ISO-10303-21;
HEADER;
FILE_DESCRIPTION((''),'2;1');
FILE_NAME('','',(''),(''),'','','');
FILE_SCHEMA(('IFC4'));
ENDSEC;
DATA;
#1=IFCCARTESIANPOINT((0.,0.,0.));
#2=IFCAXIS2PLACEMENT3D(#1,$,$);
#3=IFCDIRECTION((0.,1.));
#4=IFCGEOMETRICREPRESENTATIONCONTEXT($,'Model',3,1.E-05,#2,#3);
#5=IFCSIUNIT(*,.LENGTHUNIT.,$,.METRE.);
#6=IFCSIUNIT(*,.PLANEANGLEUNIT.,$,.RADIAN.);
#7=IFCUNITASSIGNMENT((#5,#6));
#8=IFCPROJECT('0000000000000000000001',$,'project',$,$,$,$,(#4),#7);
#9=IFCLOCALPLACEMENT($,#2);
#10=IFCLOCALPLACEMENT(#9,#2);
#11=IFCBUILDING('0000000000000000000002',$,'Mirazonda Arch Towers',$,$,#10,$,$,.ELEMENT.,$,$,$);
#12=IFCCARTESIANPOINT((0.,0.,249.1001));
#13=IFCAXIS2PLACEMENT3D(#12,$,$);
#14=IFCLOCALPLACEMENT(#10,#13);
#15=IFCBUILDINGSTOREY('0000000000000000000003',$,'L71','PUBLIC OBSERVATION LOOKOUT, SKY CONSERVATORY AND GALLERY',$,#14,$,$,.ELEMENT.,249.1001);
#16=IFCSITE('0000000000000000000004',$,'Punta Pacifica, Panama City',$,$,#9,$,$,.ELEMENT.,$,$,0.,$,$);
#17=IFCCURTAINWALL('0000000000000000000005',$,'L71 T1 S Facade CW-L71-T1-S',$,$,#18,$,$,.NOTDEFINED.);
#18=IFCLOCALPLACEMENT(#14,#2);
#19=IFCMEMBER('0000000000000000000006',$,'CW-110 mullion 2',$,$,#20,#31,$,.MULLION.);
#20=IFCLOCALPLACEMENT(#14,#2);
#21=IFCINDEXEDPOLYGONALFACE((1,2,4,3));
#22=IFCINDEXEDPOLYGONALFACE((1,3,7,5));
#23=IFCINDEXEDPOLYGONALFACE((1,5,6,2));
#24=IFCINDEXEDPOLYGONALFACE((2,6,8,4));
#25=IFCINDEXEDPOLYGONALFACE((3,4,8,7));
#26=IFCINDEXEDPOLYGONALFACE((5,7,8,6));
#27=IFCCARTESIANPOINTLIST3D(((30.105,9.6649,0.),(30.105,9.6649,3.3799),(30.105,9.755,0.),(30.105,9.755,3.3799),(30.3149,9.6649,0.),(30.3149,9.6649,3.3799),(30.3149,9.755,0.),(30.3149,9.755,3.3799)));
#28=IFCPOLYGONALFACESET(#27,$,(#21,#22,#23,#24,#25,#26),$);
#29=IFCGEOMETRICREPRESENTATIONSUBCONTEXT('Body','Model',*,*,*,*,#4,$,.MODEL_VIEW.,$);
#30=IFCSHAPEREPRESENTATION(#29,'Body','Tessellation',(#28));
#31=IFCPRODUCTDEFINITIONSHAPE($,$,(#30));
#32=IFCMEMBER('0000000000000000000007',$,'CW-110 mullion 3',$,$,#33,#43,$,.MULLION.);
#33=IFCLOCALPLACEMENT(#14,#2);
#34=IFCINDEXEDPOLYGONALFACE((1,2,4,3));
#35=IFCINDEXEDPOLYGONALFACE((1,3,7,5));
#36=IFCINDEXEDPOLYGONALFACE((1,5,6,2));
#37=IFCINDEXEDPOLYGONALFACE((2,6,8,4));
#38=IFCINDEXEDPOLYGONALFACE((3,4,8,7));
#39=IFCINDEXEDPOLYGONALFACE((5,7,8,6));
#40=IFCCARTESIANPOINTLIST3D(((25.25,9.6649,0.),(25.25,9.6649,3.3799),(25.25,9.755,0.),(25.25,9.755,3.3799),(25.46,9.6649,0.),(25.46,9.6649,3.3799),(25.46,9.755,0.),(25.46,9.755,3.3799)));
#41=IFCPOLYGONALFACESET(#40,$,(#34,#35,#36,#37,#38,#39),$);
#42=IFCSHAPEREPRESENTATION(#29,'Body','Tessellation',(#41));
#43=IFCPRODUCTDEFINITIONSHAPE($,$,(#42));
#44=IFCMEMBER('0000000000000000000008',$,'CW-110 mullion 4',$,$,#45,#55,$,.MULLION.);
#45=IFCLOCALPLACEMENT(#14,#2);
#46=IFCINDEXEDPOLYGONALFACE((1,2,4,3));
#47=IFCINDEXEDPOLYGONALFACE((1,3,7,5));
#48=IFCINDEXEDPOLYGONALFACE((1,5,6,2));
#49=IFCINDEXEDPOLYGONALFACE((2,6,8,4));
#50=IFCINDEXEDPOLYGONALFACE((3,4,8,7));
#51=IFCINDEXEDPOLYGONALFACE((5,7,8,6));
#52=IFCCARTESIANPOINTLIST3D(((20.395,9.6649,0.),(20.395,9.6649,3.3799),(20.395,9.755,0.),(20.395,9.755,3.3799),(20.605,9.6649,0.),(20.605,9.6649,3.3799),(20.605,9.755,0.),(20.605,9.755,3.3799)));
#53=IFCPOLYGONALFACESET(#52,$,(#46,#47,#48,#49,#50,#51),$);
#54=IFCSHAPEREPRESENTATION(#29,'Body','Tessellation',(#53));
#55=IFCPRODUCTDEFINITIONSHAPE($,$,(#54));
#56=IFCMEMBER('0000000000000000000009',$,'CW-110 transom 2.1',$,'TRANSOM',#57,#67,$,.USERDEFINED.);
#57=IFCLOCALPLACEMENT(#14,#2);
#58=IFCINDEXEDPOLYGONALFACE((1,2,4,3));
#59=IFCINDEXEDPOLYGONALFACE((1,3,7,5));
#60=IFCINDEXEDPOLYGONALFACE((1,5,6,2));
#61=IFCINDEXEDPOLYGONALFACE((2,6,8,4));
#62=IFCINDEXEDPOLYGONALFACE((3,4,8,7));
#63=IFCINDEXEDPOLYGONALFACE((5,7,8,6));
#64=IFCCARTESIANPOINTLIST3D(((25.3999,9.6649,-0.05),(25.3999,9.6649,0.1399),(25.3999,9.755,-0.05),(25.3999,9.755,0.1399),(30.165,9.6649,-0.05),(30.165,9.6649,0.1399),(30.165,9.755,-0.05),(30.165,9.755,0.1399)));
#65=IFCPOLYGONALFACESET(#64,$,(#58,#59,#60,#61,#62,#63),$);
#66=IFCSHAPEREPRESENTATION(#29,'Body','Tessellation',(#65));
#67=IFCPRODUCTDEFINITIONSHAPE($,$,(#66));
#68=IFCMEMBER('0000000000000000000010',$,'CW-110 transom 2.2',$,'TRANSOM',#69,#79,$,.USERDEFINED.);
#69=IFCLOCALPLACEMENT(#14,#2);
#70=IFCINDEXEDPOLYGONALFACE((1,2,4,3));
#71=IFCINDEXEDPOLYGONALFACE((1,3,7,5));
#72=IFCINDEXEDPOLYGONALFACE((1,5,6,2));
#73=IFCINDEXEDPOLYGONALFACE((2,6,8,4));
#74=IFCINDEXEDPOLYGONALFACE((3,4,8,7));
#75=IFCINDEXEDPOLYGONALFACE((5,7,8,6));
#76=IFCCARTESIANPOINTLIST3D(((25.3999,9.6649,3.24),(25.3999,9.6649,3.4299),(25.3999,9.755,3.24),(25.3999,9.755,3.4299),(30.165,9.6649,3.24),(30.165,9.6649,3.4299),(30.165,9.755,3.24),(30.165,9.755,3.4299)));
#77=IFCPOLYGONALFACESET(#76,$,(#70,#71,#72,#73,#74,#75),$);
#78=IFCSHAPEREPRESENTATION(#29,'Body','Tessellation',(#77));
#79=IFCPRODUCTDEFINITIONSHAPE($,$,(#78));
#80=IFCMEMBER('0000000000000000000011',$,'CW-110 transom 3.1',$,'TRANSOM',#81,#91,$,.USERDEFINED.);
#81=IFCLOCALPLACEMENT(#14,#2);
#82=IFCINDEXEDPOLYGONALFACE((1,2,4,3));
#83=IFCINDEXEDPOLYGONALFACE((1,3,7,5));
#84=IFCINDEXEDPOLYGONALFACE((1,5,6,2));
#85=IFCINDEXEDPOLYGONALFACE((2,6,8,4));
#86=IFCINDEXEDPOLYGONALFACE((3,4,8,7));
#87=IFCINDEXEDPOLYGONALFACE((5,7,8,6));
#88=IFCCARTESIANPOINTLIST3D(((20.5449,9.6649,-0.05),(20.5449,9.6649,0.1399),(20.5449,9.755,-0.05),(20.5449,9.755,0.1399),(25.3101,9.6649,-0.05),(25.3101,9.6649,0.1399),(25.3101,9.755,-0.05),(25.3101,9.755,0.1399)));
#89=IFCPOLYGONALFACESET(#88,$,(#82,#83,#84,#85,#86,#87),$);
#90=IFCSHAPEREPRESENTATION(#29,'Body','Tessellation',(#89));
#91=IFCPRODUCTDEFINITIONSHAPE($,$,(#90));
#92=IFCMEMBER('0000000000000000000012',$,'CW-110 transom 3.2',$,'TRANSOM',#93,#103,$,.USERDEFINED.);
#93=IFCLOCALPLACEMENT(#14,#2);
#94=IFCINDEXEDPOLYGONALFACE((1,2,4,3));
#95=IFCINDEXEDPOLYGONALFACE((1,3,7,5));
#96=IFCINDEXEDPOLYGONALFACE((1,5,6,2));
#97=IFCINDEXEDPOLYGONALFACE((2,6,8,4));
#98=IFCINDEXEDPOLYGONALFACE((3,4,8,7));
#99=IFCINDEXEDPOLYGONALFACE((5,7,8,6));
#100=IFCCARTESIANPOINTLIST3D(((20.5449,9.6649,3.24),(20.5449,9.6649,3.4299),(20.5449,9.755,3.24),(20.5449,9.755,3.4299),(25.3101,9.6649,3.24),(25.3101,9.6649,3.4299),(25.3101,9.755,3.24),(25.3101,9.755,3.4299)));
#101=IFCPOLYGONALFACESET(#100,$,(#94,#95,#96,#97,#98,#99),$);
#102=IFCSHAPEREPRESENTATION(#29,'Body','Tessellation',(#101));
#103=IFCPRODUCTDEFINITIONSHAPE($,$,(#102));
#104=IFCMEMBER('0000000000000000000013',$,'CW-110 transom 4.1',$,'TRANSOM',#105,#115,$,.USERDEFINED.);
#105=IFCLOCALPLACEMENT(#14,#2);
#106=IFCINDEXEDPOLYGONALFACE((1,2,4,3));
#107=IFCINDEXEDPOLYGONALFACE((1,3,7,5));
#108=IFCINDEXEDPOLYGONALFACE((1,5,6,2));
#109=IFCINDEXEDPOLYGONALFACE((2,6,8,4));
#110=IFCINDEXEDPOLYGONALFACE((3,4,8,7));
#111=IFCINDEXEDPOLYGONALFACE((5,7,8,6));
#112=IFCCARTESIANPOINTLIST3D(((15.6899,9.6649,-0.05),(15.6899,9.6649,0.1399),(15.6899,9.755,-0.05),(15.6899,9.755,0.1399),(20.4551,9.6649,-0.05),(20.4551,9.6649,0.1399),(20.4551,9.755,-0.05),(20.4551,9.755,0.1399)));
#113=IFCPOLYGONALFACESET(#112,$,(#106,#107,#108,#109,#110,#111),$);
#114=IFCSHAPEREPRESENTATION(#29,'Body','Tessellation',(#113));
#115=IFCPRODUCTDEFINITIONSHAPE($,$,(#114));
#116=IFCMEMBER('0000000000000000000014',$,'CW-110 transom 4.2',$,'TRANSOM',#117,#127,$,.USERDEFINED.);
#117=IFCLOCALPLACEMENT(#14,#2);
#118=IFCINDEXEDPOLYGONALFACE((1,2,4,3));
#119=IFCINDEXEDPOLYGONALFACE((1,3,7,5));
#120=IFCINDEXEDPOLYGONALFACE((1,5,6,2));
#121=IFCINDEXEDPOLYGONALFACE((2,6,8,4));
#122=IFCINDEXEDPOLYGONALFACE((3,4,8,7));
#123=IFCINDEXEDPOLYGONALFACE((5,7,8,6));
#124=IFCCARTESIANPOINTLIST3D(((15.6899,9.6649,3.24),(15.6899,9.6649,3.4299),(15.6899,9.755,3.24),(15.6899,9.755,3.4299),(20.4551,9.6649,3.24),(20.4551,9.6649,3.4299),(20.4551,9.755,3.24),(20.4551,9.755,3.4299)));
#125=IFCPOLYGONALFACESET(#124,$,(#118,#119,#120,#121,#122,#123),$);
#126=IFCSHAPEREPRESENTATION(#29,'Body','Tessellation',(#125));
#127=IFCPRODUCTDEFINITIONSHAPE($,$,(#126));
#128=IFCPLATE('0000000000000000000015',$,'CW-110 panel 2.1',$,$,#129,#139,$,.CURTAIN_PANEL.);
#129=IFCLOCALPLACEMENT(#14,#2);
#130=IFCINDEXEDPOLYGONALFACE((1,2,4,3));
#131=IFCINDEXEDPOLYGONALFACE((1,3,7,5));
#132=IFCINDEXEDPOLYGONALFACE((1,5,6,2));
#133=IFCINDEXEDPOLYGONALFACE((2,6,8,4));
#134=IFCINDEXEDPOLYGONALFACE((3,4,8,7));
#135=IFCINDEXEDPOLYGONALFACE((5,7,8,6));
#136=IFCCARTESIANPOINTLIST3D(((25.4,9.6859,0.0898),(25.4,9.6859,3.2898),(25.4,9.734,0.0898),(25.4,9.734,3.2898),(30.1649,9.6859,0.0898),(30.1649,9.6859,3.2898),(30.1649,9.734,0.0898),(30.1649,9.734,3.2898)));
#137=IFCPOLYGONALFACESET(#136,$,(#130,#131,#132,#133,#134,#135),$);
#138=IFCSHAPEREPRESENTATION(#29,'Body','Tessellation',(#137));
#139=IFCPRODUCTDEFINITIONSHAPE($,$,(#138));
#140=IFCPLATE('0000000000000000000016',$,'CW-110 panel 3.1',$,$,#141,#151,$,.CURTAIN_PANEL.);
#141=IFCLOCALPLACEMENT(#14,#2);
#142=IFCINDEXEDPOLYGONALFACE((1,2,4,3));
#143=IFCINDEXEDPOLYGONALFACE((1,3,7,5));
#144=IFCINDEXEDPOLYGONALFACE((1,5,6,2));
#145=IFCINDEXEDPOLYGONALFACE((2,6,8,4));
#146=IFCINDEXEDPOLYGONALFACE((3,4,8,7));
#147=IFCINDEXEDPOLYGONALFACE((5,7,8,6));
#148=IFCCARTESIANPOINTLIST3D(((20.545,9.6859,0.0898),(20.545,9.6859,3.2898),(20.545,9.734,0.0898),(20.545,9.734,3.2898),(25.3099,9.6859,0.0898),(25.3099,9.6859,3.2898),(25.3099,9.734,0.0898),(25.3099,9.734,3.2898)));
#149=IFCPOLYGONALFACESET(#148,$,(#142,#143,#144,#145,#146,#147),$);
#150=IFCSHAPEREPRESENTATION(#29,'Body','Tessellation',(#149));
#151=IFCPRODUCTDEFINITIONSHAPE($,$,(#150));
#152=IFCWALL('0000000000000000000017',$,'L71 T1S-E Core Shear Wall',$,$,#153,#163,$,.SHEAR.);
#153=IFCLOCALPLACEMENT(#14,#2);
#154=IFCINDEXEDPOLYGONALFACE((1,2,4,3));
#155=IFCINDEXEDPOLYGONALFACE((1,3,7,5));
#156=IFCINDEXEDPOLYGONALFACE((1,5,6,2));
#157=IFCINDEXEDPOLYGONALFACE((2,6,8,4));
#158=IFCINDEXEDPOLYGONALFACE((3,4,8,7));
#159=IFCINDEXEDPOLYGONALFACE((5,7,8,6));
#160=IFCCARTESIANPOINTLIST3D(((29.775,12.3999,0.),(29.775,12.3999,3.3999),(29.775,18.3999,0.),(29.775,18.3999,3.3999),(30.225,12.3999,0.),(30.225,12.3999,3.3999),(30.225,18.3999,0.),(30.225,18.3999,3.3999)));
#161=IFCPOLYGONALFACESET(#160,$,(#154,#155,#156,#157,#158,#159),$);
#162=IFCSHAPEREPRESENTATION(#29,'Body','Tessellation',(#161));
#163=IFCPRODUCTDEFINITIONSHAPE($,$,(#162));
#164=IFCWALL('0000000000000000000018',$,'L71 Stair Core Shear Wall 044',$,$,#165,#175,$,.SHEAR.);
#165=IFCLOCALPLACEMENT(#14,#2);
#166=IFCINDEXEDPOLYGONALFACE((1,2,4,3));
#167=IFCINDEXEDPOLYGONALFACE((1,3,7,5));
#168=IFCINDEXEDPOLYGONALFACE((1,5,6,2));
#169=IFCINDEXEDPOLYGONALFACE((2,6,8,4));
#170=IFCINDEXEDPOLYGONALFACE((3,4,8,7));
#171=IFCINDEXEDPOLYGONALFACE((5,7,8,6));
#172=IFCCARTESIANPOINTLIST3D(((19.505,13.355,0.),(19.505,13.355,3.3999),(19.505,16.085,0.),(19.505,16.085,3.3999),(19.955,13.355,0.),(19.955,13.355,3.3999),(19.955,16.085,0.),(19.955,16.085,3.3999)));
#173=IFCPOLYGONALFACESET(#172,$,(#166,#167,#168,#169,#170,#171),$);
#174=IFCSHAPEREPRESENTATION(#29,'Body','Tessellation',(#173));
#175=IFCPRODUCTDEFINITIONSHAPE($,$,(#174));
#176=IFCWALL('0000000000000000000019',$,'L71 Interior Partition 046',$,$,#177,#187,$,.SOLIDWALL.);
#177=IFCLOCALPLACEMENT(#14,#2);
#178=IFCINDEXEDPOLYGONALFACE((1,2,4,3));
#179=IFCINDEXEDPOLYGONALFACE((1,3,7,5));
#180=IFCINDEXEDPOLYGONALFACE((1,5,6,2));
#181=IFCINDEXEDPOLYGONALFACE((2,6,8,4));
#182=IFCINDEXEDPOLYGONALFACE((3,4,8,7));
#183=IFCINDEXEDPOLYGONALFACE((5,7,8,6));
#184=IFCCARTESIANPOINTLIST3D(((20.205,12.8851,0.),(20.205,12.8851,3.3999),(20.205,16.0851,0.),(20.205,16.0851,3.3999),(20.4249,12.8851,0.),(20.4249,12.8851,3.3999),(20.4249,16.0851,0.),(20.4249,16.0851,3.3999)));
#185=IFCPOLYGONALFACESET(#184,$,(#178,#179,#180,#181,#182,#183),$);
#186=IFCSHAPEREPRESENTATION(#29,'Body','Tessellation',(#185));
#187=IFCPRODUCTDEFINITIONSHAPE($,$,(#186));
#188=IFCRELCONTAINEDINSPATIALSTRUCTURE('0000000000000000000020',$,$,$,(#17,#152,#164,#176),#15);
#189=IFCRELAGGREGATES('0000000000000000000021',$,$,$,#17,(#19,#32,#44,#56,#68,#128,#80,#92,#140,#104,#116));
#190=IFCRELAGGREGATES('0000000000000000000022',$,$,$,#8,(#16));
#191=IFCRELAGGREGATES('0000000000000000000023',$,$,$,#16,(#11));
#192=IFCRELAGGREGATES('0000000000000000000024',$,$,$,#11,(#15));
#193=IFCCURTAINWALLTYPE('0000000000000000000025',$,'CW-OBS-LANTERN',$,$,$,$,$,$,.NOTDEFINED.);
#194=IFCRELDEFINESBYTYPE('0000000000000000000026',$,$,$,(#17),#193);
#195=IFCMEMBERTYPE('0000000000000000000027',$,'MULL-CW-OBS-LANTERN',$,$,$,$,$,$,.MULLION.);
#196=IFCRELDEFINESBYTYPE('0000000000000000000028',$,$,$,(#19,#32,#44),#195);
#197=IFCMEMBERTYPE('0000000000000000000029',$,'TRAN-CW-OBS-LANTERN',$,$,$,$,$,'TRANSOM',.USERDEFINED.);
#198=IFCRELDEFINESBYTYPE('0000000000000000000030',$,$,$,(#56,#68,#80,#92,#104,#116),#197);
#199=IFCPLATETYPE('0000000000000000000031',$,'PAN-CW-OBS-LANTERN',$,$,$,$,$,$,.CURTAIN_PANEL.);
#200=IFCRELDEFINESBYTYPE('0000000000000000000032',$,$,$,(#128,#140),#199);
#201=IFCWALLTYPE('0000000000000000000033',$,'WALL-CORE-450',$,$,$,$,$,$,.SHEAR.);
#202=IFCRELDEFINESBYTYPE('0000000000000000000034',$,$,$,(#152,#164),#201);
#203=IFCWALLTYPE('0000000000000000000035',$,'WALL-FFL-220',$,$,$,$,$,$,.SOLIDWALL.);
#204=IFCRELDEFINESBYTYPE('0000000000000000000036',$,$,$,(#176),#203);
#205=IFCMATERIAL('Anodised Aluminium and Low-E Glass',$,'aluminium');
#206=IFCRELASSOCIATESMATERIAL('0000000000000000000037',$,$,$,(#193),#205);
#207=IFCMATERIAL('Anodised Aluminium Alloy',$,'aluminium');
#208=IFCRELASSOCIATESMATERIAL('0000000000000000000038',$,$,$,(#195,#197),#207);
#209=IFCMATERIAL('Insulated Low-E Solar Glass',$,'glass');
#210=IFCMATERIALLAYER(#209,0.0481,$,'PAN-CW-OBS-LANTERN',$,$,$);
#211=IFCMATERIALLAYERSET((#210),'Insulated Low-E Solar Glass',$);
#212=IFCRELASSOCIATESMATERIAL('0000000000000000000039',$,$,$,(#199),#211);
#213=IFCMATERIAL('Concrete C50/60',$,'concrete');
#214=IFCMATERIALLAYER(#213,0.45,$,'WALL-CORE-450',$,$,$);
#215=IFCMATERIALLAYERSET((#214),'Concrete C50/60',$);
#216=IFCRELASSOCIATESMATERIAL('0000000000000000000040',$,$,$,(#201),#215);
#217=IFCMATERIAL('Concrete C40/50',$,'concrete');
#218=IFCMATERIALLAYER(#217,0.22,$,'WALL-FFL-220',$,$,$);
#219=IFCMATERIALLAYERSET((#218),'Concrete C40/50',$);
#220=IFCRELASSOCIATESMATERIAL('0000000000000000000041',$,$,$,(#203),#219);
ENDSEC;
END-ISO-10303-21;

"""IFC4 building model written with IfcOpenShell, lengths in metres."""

from ifc_helpers import new_model, si_unit, direction, frame, frame_2d, origin, origin_2d, place, context, subcontext, project, spatial, rectangle, extrude, material, layer, layer_set, material_profile, profile_set, type_object, element, aggregate, save


model = new_model("IFC4")

# Units and contexts
model_context = context("Model", 3, precision=1e-05, world=origin(), true_north=direction((0.0, 1.0)))
body_context = subcontext(model_context, "Body", "Model", "MODEL_VIEW")
ifc_project = project(units=[si_unit("LENGTHUNIT", "METRE"), si_unit("PLANEANGLEUNIT", "RADIAN")], contexts=[model_context])

# Site, building, storey
site_placement = place(None, origin())
site = spatial("IfcSite", under=ifc_project, at=site_placement, Name="Punta Pacifica, Panama City", CompositionType="ELEMENT", RefElevation=0.0)
building_placement = place(site_placement, origin())
building = spatial("IfcBuilding", under=site, at=building_placement, Name="Mirazonda Arch Towers", CompositionType="ELEMENT")
storey_placement = place(building_placement, frame((0.0, 0.0, 249.1001)))
storey = spatial("IfcBuildingStorey", under=building, at=storey_placement, Name="L71", Description="PUBLIC OBSERVATION LOOKOUT, SKY CONSERVATORY AND GALLERY", CompositionType="ELEMENT", Elevation=249.1001)

# Shared definitions
ifc_material_1 = material(Name="Concrete C50/60", Category="concrete")

# Curtain wall, members, plates
ifc_material_2 = material(Name="Anodised Aluminium and Low-E Glass", Category="aluminium")
curtain_wall_type = type_object("IfcCurtainWallType", Name="CW-OBS-LANTERN", PredefinedType="NOTDEFINED", material=ifc_material_2)
curtain_wall_placement = place(storey_placement, origin())
curtain_wall = element("IfcCurtainWall", 1, at=curtain_wall_placement, inside=storey, type_object=curtain_wall_type, Name="L71 T1 S Facade CW-L71-T1-S", PredefinedType="NOTDEFINED")
ifc_material_3 = material(Name="Anodised Aluminium Alloy", Category="aluminium")
ifc_material_profile_1 = material_profile(ifc_material_3, rectangle(XDim=0.0901, YDim=0.21, at=origin_2d()), Name="ALU-MULL-90x210")
ifc_profile_set_1 = profile_set([ifc_material_profile_1], Name="Anodised Aluminium Alloy")
member_type_1 = type_object("IfcMemberType", Name="MULL-CW-OBS-LANTERN", PredefinedType="MULLION", material=ifc_profile_set_1)
member_1_placement = place(storey_placement, frame((30.21, 9.71, 0.0), z_axis=(0.0, 0.0, 1.0), x_axis=(0.0, -1.0, 0.0)))
member_1 = element("IfcMember", 2, at=member_1_placement, type_object=member_type_1, Name="CW-110 mullion 2", PredefinedType="MULLION", context=body_context, shape_type="SweptSolid", body=[
    extrude(rectangle(XDim=0.0901, YDim=0.21, at=origin_2d()), origin(), (0.0, 0.0, 1.0), 3.3799),
])
member_2_placement = place(storey_placement, frame((25.355, 9.71, 0.0), z_axis=(0.0, 0.0, 1.0), x_axis=(0.0, -1.0, 0.0)))
member_2 = element("IfcMember", 3, at=member_2_placement, type_object=member_type_1, Name="CW-110 mullion 3", PredefinedType="MULLION", context=body_context, shape_type="SweptSolid", body=[
    extrude(rectangle(XDim=0.0901, YDim=0.21, at=origin_2d()), origin(), (0.0, 0.0, 1.0), 3.3799),
])
member_3_placement = place(storey_placement, frame((20.5, 9.71, 0.0), z_axis=(0.0, 0.0, 1.0), x_axis=(0.0, -1.0, 0.0)))
member_3 = element("IfcMember", 4, at=member_3_placement, type_object=member_type_1, Name="CW-110 mullion 4", PredefinedType="MULLION", context=body_context, shape_type="SweptSolid", body=[
    extrude(rectangle(XDim=0.0901, YDim=0.21, at=origin_2d()), origin(), (0.0, 0.0, 1.0), 3.3799),
])
ifc_material_profile_2 = material_profile(ifc_material_3, rectangle(XDim=0.0901, YDim=0.1899, at=origin_2d()), Name="ALU-TRAN-90x190")
ifc_profile_set_2 = profile_set([ifc_material_profile_2], Name="Anodised Aluminium Alloy")
member_type_2 = type_object("IfcMemberType", Name="TRAN-CW-OBS-LANTERN", ElementType="TRANSOM", PredefinedType="USERDEFINED", material=ifc_profile_set_2)
member_4_placement = place(storey_placement, frame((30.165, 9.71, 0.0449), z_axis=(-1.0, 0.0, 0.0), x_axis=(0.0, -1.0, 0.0)))
member_4 = element("IfcMember", 5, at=member_4_placement, type_object=member_type_2, Name="CW-110 transom 2.1", ObjectType="TRANSOM", PredefinedType="USERDEFINED", context=body_context, shape_type="SweptSolid", body=[
    extrude(rectangle(XDim=0.0901, YDim=0.1899, at=origin_2d()), origin(), (0.0, 0.0, 1.0), 4.7651),
])
member_5_placement = place(storey_placement, frame((30.165, 9.71, 3.335), z_axis=(-1.0, 0.0, 0.0), x_axis=(0.0, -1.0, 0.0)))
member_5 = element("IfcMember", 6, at=member_5_placement, type_object=member_type_2, Name="CW-110 transom 2.2", ObjectType="TRANSOM", PredefinedType="USERDEFINED", context=body_context, shape_type="SweptSolid", body=[
    extrude(rectangle(XDim=0.0901, YDim=0.1899, at=origin_2d()), origin(), (0.0, 0.0, 1.0), 4.7651),
])
member_6_placement = place(storey_placement, frame((25.3101, 9.71, 0.0449), z_axis=(-1.0, 0.0, 0.0), x_axis=(0.0, -1.0, 0.0)))
member_6 = element("IfcMember", 7, at=member_6_placement, type_object=member_type_2, Name="CW-110 transom 3.1", ObjectType="TRANSOM", PredefinedType="USERDEFINED", context=body_context, shape_type="SweptSolid", body=[
    extrude(rectangle(XDim=0.0901, YDim=0.1899, at=origin_2d()), origin(), (0.0, 0.0, 1.0), 4.7651),
])
member_7_placement = place(storey_placement, frame((25.3101, 9.71, 3.335), z_axis=(-1.0, 0.0, 0.0), x_axis=(0.0, -1.0, 0.0)))
member_7 = element("IfcMember", 8, at=member_7_placement, type_object=member_type_2, Name="CW-110 transom 3.2", ObjectType="TRANSOM", PredefinedType="USERDEFINED", context=body_context, shape_type="SweptSolid", body=[
    extrude(rectangle(XDim=0.0901, YDim=0.1899, at=origin_2d()), origin(), (0.0, 0.0, 1.0), 4.7651),
])
member_8_placement = place(storey_placement, frame((20.4551, 9.71, 0.0449), z_axis=(-1.0, 0.0, 0.0), x_axis=(0.0, -1.0, 0.0)))
member_8 = element("IfcMember", 9, at=member_8_placement, type_object=member_type_2, Name="CW-110 transom 4.1", ObjectType="TRANSOM", PredefinedType="USERDEFINED", context=body_context, shape_type="SweptSolid", body=[
    extrude(rectangle(XDim=0.0901, YDim=0.1899, at=origin_2d()), origin(), (0.0, 0.0, 1.0), 4.7651),
])
member_9_placement = place(storey_placement, frame((20.4551, 9.71, 3.335), z_axis=(-1.0, 0.0, 0.0), x_axis=(0.0, -1.0, 0.0)))
member_9 = element("IfcMember", 10, at=member_9_placement, type_object=member_type_2, Name="CW-110 transom 4.2", ObjectType="TRANSOM", PredefinedType="USERDEFINED", context=body_context, shape_type="SweptSolid", body=[
    extrude(rectangle(XDim=0.0901, YDim=0.1899, at=origin_2d()), origin(), (0.0, 0.0, 1.0), 4.7651),
])
ifc_material_4 = material(Name="Insulated Low-E Solar Glass", Category="glass")
ifc_layer_1 = layer(ifc_material_4, 0.0481, Name="PAN-CW-OBS-LANTERN")
ifc_layer_set_1 = layer_set([ifc_layer_1], Name="Insulated Low-E Solar Glass")
plate_type = type_object("IfcPlateType", Name="PAN-CW-OBS-LANTERN", PredefinedType="CURTAIN_PANEL", material=ifc_layer_set_1)
plate_1_placement = place(storey_placement, frame((27.7825, 9.71, 0.0898), z_axis=(0.0, 0.0, 1.0), x_axis=(-1.0, 0.0, 0.0)))
plate_1 = element("IfcPlate", 11, at=plate_1_placement, type_object=plate_type, Name="CW-110 panel 2.1", PredefinedType="CURTAIN_PANEL", context=body_context, shape_type="SweptSolid", body=[
    extrude(rectangle(XDim=4.7649, YDim=0.0481, at=origin_2d()), origin(), (0.0, 0.0, 1.0), 3.2),
])
plate_2_placement = place(storey_placement, frame((22.9275, 9.71, 0.0898), z_axis=(0.0, 0.0, 1.0), x_axis=(-1.0, 0.0, 0.0)))
plate_2 = element("IfcPlate", 12, at=plate_2_placement, type_object=plate_type, Name="CW-110 panel 3.1", PredefinedType="CURTAIN_PANEL", context=body_context, shape_type="SweptSolid", body=[
    extrude(rectangle(XDim=4.7649, YDim=0.0481, at=origin_2d()), origin(), (0.0, 0.0, 1.0), 3.2),
])
aggregate(curtain_wall, [member_1, member_2, member_3, member_4, member_5, plate_1, member_6, member_7, plate_2, member_8, member_9])

# Walls
ifc_layer_2 = layer(ifc_material_1, 0.45, Name="WALL-CORE-450")
ifc_layer_set_2 = layer_set([ifc_layer_2], Name="Concrete C50/60")
wall_type_1 = type_object("IfcWallType", Name="WALL-CORE-450", PredefinedType="SHEAR", material=ifc_layer_set_2)
wall_1_placement = place(storey_placement, frame((30.0, 12.3999, 0.0), z_axis=(0.0, 0.0, 1.0), x_axis=(0.0, 1.0, 0.0)))
element("IfcWall", 13, at=wall_1_placement, inside=storey, type_object=wall_type_1, Name="L71 T1S-E Core Shear Wall", PredefinedType="SHEAR", context=body_context, shape_type="SweptSolid", body=[
    extrude(rectangle(XDim=6.0, YDim=0.45, at=frame_2d((3.0, 0.0))), origin(), (0.0, 0.0, 1.0), 3.3999),
])
wall_2_placement = place(storey_placement, frame((19.73, 13.355, 0.0), z_axis=(0.0, 0.0, 1.0), x_axis=(0.0, 1.0, 0.0)))
element("IfcWall", 14, at=wall_2_placement, inside=storey, type_object=wall_type_1, Name="L71 Stair Core Shear Wall 044", PredefinedType="SHEAR", context=body_context, shape_type="SweptSolid", body=[
    extrude(rectangle(XDim=2.73, YDim=0.45, at=frame_2d((1.365, 0.0))), origin(), (0.0, 0.0, 1.0), 3.3999),
])
ifc_material_5 = material(Name="Concrete C40/50", Category="concrete")
ifc_layer_3 = layer(ifc_material_5, 0.22, Name="WALL-FFL-220")
ifc_layer_set_3 = layer_set([ifc_layer_3], Name="Concrete C40/50")
wall_type_2 = type_object("IfcWallType", Name="WALL-FFL-220", PredefinedType="SOLIDWALL", material=ifc_layer_set_3)
wall_3_placement = place(storey_placement, frame((20.3149, 12.885, 0.0), z_axis=(0.0, 0.0, 1.0), x_axis=(0.0, 1.0, 0.0)))
element("IfcWall", 15, at=wall_3_placement, inside=storey, type_object=wall_type_2, Name="L71 Interior Partition 046", PredefinedType="SOLIDWALL", context=body_context, shape_type="SweptSolid", body=[
    extrude(rectangle(XDim=3.2, YDim=0.22, at=frame_2d((1.6001, 0.0))), origin(), (0.0, 0.0, 1.0), 3.3999),
])

save(model, "model.ifc")
